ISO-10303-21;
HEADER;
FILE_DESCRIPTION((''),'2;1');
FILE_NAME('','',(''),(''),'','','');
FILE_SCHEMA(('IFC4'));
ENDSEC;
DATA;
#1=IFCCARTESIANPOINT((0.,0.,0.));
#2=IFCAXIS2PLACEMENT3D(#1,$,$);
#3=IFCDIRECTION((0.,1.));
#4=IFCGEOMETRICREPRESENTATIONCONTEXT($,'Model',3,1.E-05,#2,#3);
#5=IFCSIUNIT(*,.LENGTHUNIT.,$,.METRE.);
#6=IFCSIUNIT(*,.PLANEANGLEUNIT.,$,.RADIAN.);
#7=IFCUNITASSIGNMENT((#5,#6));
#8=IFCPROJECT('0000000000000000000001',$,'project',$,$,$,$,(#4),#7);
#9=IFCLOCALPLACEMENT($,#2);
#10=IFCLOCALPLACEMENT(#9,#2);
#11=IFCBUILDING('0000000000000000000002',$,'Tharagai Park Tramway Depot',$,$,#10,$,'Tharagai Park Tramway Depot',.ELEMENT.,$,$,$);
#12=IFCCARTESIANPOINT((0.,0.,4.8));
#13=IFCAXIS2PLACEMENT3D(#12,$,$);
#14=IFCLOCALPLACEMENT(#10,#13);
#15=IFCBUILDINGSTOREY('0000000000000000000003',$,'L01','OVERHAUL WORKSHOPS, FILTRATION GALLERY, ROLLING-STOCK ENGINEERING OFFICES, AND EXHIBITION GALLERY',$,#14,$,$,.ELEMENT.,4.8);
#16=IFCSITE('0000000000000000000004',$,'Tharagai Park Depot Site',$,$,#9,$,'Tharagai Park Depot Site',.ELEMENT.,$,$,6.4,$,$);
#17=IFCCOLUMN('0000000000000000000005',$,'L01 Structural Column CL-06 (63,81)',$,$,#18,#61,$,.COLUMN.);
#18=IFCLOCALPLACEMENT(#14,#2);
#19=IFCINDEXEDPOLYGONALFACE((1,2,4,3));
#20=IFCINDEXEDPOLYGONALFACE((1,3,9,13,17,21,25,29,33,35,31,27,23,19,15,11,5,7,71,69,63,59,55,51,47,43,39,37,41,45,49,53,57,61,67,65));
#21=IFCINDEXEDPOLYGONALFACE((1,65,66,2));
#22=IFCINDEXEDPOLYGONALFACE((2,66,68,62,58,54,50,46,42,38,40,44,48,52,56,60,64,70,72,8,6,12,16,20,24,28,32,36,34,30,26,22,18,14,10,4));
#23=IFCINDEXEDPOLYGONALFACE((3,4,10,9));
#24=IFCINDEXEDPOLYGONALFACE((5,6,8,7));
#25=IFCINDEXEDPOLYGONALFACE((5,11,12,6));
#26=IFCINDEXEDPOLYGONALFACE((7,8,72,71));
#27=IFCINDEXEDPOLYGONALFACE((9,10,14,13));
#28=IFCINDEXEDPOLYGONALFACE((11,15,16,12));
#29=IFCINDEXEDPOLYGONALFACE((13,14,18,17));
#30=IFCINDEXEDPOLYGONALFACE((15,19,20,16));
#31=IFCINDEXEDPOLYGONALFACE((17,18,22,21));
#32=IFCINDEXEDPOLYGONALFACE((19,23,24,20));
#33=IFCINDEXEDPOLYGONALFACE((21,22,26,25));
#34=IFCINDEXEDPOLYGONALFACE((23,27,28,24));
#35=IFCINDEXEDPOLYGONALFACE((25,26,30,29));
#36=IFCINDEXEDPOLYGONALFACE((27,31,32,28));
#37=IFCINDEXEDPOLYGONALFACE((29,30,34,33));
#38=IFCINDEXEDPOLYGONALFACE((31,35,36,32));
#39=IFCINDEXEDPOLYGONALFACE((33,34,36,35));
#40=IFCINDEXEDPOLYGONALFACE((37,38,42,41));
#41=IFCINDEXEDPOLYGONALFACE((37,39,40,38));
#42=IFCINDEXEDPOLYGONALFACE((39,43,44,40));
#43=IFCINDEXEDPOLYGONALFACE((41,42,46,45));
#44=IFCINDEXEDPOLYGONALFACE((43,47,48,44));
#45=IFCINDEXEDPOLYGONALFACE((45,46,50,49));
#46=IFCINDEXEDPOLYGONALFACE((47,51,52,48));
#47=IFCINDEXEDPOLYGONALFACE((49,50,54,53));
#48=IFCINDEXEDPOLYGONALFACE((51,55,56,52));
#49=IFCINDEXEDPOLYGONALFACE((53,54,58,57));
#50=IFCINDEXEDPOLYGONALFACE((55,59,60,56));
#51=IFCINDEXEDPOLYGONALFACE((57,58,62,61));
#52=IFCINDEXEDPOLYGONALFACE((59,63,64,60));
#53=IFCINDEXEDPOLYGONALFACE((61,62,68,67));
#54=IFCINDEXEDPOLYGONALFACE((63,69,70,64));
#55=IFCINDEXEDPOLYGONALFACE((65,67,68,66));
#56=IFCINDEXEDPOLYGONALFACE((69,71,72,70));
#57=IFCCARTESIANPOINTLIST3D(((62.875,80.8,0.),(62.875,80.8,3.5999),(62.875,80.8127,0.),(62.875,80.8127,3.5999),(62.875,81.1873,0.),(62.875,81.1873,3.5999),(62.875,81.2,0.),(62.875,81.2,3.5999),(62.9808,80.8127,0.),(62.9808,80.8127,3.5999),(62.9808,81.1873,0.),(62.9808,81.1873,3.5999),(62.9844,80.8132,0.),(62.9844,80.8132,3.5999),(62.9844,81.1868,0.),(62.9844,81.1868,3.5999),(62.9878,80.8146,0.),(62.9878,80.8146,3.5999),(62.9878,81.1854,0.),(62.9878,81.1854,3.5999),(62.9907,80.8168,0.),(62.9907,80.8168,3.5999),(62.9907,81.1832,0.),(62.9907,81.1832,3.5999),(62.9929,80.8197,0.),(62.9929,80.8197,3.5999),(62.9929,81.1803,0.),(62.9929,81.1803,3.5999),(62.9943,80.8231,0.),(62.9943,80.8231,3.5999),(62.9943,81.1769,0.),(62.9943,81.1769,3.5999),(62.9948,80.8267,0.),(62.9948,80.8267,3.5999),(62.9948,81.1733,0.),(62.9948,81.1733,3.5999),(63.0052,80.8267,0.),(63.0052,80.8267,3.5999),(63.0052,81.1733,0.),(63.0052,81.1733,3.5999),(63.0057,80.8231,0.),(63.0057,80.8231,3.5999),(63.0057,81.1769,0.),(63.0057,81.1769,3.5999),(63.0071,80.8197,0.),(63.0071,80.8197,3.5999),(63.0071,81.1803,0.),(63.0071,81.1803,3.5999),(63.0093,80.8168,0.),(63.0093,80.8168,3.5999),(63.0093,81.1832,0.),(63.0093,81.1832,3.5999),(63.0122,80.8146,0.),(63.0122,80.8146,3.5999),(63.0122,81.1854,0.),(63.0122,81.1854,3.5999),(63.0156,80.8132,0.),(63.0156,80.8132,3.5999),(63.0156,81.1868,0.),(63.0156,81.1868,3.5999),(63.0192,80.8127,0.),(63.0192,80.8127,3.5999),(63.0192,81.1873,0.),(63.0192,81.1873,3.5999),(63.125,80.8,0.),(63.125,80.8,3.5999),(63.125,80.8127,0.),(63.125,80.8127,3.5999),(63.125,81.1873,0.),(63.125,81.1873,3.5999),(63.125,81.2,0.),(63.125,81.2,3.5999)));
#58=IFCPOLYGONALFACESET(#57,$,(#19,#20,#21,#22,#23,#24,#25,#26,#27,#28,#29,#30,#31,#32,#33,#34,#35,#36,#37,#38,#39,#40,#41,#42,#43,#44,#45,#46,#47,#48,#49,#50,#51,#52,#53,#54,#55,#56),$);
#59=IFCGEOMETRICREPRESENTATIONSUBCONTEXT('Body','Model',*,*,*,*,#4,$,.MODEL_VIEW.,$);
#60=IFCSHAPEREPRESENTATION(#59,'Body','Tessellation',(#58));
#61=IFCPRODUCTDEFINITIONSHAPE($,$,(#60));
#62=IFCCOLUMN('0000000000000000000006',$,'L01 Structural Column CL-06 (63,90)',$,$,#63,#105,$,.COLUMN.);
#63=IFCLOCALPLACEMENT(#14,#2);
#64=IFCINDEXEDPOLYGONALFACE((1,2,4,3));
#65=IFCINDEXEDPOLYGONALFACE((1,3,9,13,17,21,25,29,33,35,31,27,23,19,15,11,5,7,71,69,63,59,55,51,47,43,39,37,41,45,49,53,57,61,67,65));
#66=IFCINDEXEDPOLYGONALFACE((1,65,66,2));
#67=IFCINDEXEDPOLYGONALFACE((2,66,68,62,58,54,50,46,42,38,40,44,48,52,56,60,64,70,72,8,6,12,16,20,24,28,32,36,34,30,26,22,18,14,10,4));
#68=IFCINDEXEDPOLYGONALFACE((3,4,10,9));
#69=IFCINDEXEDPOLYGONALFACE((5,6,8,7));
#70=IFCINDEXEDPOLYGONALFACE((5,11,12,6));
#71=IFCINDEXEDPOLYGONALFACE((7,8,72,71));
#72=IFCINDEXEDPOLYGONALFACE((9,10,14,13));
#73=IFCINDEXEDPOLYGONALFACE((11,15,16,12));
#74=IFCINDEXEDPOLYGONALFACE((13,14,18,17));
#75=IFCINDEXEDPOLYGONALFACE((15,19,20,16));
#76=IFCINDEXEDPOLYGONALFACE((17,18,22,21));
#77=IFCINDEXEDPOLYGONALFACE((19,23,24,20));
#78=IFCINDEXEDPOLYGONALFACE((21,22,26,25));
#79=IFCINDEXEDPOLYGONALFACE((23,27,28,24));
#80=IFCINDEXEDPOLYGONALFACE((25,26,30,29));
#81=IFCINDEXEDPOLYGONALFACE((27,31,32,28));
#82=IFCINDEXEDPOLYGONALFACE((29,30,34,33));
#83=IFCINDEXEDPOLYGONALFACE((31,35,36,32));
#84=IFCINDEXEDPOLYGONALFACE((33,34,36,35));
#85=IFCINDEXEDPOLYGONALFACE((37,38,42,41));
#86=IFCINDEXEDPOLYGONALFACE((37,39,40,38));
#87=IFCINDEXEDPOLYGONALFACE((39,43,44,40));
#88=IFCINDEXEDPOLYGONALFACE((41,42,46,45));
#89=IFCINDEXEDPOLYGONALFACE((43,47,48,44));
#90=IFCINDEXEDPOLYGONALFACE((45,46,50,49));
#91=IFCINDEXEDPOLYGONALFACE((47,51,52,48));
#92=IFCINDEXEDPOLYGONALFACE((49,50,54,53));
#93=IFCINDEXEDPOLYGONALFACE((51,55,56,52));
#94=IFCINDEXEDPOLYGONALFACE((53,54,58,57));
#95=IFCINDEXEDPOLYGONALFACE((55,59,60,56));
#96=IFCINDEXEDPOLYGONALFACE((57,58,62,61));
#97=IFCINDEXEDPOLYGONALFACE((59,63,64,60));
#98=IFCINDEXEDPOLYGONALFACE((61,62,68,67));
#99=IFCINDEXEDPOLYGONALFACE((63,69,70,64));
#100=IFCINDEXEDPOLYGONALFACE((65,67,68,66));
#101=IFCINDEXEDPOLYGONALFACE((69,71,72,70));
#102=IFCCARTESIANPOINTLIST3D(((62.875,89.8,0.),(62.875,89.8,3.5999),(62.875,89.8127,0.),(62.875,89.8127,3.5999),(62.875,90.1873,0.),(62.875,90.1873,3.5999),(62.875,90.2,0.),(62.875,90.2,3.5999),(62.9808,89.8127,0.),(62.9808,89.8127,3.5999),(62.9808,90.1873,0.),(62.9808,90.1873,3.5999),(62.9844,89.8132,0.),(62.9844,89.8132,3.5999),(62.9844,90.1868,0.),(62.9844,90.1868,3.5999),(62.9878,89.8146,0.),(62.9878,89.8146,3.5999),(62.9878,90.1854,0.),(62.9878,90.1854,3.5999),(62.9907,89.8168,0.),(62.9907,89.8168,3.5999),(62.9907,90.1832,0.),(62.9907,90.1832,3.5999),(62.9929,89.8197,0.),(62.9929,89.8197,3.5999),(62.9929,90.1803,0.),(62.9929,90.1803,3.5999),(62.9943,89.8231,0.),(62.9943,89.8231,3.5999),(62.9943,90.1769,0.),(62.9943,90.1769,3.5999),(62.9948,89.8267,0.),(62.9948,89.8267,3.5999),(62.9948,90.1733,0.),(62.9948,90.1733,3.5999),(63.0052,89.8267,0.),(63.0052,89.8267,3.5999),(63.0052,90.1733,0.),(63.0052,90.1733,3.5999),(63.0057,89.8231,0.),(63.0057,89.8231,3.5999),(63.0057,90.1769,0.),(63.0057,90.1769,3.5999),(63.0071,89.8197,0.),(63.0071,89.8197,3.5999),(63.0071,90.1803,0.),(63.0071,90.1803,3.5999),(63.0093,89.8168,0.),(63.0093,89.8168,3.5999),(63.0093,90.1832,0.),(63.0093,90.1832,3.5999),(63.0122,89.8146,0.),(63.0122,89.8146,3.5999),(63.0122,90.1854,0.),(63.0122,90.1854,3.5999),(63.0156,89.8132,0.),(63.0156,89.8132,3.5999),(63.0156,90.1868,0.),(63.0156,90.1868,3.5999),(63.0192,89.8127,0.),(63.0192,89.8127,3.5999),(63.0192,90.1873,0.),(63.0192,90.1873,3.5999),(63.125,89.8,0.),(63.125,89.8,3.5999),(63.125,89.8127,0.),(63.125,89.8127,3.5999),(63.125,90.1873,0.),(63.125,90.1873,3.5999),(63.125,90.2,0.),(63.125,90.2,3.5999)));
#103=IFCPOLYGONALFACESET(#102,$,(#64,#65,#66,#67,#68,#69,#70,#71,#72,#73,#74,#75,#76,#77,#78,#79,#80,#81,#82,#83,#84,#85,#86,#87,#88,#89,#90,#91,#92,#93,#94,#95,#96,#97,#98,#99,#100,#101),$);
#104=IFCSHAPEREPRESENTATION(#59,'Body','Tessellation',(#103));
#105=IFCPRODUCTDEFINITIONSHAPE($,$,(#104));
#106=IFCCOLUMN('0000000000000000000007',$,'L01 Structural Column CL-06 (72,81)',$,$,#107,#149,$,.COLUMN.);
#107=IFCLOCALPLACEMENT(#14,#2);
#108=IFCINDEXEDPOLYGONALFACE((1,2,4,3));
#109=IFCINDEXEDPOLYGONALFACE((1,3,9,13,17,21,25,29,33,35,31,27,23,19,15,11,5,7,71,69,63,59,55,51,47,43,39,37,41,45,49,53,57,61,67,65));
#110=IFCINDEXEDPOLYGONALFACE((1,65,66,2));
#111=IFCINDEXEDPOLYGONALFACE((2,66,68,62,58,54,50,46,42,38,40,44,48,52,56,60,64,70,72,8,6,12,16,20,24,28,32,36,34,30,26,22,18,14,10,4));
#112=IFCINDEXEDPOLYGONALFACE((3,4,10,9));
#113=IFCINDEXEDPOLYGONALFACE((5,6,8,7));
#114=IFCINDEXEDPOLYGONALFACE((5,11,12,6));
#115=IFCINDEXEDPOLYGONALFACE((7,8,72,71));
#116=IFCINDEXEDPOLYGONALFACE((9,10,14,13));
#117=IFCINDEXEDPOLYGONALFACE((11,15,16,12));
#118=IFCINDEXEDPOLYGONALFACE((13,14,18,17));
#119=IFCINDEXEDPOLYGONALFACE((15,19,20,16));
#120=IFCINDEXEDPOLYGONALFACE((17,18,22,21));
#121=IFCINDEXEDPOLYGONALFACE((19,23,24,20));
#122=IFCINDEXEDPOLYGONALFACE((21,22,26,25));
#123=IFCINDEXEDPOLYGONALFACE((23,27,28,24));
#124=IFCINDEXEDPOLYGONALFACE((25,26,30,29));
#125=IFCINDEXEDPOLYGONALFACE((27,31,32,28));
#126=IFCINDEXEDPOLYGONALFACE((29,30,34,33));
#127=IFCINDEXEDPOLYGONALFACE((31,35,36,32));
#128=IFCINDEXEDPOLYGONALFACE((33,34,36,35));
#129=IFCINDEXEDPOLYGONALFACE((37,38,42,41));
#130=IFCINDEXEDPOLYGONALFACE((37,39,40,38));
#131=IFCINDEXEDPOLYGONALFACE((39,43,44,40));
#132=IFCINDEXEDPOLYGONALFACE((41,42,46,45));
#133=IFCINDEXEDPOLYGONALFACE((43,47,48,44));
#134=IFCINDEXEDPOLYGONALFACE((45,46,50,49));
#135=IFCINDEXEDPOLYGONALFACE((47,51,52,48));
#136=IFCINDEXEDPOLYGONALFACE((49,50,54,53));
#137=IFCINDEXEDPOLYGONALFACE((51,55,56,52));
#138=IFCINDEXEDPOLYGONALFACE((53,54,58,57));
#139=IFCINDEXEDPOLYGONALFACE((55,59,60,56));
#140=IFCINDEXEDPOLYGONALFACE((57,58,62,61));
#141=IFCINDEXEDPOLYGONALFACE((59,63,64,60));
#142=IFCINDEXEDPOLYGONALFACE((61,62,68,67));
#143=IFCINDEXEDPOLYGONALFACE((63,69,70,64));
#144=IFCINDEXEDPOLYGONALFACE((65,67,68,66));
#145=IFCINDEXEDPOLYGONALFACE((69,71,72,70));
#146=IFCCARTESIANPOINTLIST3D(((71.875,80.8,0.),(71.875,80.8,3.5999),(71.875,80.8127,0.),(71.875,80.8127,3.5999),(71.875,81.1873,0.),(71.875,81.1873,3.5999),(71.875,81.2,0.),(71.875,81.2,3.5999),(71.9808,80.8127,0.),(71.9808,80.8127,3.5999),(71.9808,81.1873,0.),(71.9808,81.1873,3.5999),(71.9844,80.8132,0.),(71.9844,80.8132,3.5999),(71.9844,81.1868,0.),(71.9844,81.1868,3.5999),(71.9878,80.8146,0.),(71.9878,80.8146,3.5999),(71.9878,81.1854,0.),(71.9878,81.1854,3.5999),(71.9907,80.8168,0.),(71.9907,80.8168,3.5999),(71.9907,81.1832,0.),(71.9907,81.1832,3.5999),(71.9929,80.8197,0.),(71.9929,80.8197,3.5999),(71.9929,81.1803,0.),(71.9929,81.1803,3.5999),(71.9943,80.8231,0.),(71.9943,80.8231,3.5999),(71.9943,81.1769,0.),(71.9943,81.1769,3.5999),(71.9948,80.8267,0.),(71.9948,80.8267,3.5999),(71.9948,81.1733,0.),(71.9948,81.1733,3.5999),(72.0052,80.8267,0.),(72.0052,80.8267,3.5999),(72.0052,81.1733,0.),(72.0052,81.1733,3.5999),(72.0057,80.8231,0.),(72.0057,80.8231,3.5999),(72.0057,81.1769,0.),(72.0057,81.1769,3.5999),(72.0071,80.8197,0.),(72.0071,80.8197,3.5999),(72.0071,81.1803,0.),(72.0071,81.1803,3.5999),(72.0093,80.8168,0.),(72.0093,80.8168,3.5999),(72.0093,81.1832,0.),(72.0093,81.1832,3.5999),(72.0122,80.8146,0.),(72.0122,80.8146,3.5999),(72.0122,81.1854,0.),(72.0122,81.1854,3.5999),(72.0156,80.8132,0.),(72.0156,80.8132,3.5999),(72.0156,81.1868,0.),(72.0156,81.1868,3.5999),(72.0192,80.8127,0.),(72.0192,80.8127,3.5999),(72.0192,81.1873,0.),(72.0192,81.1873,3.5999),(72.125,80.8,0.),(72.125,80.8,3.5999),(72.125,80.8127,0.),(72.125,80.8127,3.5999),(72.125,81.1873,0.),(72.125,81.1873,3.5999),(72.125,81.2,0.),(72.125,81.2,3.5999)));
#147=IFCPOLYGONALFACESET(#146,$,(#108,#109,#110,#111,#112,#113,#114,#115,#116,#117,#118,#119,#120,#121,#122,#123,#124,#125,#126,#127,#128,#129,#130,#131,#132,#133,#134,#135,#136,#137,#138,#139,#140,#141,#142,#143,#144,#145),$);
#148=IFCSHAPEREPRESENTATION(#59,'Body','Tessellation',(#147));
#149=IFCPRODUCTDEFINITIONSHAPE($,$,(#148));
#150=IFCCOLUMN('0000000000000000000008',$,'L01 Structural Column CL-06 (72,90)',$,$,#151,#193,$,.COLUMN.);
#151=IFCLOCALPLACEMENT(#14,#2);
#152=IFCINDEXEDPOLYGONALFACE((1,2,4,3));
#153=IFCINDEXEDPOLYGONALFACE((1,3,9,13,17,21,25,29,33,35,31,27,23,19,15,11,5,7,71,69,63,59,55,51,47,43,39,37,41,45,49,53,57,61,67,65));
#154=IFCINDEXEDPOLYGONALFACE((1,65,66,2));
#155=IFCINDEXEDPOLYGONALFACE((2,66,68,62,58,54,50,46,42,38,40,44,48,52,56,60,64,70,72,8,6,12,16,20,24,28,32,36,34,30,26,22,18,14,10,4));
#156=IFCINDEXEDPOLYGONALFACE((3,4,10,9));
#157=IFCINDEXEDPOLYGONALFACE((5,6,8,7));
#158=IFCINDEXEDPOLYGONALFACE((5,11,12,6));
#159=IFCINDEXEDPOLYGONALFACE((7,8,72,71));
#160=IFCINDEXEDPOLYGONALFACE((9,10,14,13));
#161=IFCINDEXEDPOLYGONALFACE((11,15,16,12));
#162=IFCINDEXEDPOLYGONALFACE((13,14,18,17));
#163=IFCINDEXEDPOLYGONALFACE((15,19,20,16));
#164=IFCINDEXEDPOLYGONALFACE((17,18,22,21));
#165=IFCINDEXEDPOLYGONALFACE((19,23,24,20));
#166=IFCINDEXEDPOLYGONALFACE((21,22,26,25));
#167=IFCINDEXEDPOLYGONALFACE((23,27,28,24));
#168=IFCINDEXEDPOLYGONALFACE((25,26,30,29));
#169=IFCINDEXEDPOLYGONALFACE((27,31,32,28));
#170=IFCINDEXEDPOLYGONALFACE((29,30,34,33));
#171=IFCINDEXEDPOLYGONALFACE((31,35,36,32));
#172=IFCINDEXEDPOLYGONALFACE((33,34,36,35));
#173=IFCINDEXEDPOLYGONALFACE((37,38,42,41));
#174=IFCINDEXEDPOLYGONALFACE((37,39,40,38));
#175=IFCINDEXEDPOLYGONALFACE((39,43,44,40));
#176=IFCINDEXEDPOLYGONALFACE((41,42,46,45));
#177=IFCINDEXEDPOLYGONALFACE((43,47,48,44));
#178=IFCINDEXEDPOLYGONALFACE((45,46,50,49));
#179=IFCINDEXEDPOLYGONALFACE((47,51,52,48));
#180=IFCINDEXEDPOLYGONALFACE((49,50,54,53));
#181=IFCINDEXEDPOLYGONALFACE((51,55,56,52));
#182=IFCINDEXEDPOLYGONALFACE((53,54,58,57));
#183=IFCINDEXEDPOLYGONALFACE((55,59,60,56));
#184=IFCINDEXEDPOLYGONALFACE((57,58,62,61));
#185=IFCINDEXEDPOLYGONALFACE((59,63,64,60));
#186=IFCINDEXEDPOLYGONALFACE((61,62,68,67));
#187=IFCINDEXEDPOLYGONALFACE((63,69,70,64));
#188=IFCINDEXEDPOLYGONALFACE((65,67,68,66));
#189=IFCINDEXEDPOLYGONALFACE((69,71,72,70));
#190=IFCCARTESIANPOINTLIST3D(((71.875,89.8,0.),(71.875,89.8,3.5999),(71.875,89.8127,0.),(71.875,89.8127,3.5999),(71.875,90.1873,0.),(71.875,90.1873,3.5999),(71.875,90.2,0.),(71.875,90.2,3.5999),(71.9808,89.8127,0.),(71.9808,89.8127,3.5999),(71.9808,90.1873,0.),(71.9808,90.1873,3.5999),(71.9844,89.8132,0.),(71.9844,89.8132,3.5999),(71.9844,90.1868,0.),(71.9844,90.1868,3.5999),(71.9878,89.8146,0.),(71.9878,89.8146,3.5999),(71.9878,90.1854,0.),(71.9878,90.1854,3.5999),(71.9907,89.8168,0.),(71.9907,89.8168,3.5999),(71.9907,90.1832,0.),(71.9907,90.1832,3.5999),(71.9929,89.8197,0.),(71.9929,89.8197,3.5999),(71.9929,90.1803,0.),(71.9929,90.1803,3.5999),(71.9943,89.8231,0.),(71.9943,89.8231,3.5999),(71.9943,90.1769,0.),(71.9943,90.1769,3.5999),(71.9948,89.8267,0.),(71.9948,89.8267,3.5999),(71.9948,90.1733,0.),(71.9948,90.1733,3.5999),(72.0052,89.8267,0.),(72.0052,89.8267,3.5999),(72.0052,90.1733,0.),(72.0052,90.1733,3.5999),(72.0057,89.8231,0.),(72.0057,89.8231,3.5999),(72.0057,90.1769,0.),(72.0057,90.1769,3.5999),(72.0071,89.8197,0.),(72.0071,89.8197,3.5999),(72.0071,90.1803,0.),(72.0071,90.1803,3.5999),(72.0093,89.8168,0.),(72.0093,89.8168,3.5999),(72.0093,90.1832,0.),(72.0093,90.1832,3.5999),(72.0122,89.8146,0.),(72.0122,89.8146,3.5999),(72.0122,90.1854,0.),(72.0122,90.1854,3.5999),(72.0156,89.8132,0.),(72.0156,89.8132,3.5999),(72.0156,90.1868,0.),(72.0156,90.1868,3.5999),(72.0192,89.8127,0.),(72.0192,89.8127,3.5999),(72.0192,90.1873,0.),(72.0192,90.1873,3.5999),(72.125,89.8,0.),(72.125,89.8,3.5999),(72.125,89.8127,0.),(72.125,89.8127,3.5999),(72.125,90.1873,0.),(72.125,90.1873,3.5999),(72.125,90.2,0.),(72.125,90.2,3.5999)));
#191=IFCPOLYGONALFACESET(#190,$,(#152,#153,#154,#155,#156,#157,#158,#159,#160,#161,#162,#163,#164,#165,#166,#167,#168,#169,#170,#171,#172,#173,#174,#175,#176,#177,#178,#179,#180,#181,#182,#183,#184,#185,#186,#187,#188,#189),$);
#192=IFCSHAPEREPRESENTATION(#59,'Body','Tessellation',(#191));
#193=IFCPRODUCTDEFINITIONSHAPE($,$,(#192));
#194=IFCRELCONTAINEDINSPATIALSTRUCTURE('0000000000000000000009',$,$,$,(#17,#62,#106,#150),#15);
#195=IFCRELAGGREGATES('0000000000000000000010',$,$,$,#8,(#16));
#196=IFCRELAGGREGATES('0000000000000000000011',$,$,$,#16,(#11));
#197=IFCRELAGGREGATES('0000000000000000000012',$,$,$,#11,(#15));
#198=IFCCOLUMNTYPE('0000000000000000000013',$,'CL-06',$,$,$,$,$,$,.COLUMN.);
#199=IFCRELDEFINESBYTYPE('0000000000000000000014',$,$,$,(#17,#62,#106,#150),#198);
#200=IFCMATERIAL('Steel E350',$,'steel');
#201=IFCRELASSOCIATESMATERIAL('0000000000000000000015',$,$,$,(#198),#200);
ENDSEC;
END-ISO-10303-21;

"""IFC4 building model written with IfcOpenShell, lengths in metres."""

from ifc_helpers import new_model, si_unit, direction, frame, origin, origin_2d, place, context, subcontext, project, spatial, i_section, extrude, material, material_profile, profile_set, type_object, element, save


model = new_model("IFC4")

# Units and contexts
model_context = context("Model", 3, precision=1e-05, world=origin(), true_north=direction((0.0, 1.0)))
body_context = subcontext(model_context, "Body", "Model", "MODEL_VIEW")
ifc_project = project(units=[si_unit("LENGTHUNIT", "METRE"), si_unit("PLANEANGLEUNIT", "RADIAN")], contexts=[model_context])

# Site, building, storey
site_placement = place(None, origin())
site = spatial("IfcSite", under=ifc_project, at=site_placement, Name="Tharagai Park Depot Site", LongName="Tharagai Park Depot Site", CompositionType="ELEMENT", RefElevation=6.4)
building_placement = place(site_placement, origin())
building = spatial("IfcBuilding", under=site, at=building_placement, Name="Tharagai Park Tramway Depot", LongName="Tharagai Park Tramway Depot", CompositionType="ELEMENT")
storey_placement = place(building_placement, frame((0.0, 0.0, 4.8)))
storey = spatial("IfcBuildingStorey", under=building, at=storey_placement, Name="L01", Description="OVERHAUL WORKSHOPS, FILTRATION GALLERY, ROLLING-STOCK ENGINEERING OFFICES, AND EXHIBITION GALLERY", CompositionType="ELEMENT", Elevation=4.8)

# Columns
ifc_material_1 = material(Name="Steel E350", Category="steel")
ifc_material_profile_1 = material_profile(ifc_material_1, i_section(OverallWidth=0.25, OverallDepth=0.3999, WebThickness=0.0105, FlangeThickness=0.0127, FilletRadius=0.0139, at=origin_2d()), Name="ISHB 400")
ifc_profile_set_1 = profile_set([ifc_material_profile_1], Name="Steel E350")
column_type = type_object("IfcColumnType", Name="CL-06", PredefinedType="COLUMN", material=ifc_profile_set_1)
for number, where, z_axis, x_axis, name in (
    (1, (63.0, 81.0, 0.0), (0.0, 0.0, 1.0), (1.0, 0.0, 0.0), "L01 Structural Column CL-06 (63,81)"),
    (2, (63.0, 90.0, 0.0), (0.0, 0.0, 1.0), (1.0, 0.0, 0.0), "L01 Structural Column CL-06 (63,90)"),
    (3, (72.0, 81.0, 0.0), (0.0, 0.0, 1.0), (1.0, 0.0, 0.0), "L01 Structural Column CL-06 (72,81)"),
    (4, (72.0, 90.0, 0.0), (0.0, 0.0, 1.0), (1.0, 0.0, 0.0), "L01 Structural Column CL-06 (72,90)"),
):
    element("IfcColumn", number, at=place(storey_placement, frame(where, z_axis=z_axis, x_axis=x_axis)), inside=storey, type_object=column_type, Name=name, PredefinedType="COLUMN", context=body_context, shape_type="SweptSolid", body=[
        extrude(i_section(OverallWidth=0.25, OverallDepth=0.3999, WebThickness=0.0105, FlangeThickness=0.0127, FilletRadius=0.0139, at=origin_2d()), origin(), (0.0, 0.0, 1.0), 3.5999),
    ])

save(model, "model.ifc")
